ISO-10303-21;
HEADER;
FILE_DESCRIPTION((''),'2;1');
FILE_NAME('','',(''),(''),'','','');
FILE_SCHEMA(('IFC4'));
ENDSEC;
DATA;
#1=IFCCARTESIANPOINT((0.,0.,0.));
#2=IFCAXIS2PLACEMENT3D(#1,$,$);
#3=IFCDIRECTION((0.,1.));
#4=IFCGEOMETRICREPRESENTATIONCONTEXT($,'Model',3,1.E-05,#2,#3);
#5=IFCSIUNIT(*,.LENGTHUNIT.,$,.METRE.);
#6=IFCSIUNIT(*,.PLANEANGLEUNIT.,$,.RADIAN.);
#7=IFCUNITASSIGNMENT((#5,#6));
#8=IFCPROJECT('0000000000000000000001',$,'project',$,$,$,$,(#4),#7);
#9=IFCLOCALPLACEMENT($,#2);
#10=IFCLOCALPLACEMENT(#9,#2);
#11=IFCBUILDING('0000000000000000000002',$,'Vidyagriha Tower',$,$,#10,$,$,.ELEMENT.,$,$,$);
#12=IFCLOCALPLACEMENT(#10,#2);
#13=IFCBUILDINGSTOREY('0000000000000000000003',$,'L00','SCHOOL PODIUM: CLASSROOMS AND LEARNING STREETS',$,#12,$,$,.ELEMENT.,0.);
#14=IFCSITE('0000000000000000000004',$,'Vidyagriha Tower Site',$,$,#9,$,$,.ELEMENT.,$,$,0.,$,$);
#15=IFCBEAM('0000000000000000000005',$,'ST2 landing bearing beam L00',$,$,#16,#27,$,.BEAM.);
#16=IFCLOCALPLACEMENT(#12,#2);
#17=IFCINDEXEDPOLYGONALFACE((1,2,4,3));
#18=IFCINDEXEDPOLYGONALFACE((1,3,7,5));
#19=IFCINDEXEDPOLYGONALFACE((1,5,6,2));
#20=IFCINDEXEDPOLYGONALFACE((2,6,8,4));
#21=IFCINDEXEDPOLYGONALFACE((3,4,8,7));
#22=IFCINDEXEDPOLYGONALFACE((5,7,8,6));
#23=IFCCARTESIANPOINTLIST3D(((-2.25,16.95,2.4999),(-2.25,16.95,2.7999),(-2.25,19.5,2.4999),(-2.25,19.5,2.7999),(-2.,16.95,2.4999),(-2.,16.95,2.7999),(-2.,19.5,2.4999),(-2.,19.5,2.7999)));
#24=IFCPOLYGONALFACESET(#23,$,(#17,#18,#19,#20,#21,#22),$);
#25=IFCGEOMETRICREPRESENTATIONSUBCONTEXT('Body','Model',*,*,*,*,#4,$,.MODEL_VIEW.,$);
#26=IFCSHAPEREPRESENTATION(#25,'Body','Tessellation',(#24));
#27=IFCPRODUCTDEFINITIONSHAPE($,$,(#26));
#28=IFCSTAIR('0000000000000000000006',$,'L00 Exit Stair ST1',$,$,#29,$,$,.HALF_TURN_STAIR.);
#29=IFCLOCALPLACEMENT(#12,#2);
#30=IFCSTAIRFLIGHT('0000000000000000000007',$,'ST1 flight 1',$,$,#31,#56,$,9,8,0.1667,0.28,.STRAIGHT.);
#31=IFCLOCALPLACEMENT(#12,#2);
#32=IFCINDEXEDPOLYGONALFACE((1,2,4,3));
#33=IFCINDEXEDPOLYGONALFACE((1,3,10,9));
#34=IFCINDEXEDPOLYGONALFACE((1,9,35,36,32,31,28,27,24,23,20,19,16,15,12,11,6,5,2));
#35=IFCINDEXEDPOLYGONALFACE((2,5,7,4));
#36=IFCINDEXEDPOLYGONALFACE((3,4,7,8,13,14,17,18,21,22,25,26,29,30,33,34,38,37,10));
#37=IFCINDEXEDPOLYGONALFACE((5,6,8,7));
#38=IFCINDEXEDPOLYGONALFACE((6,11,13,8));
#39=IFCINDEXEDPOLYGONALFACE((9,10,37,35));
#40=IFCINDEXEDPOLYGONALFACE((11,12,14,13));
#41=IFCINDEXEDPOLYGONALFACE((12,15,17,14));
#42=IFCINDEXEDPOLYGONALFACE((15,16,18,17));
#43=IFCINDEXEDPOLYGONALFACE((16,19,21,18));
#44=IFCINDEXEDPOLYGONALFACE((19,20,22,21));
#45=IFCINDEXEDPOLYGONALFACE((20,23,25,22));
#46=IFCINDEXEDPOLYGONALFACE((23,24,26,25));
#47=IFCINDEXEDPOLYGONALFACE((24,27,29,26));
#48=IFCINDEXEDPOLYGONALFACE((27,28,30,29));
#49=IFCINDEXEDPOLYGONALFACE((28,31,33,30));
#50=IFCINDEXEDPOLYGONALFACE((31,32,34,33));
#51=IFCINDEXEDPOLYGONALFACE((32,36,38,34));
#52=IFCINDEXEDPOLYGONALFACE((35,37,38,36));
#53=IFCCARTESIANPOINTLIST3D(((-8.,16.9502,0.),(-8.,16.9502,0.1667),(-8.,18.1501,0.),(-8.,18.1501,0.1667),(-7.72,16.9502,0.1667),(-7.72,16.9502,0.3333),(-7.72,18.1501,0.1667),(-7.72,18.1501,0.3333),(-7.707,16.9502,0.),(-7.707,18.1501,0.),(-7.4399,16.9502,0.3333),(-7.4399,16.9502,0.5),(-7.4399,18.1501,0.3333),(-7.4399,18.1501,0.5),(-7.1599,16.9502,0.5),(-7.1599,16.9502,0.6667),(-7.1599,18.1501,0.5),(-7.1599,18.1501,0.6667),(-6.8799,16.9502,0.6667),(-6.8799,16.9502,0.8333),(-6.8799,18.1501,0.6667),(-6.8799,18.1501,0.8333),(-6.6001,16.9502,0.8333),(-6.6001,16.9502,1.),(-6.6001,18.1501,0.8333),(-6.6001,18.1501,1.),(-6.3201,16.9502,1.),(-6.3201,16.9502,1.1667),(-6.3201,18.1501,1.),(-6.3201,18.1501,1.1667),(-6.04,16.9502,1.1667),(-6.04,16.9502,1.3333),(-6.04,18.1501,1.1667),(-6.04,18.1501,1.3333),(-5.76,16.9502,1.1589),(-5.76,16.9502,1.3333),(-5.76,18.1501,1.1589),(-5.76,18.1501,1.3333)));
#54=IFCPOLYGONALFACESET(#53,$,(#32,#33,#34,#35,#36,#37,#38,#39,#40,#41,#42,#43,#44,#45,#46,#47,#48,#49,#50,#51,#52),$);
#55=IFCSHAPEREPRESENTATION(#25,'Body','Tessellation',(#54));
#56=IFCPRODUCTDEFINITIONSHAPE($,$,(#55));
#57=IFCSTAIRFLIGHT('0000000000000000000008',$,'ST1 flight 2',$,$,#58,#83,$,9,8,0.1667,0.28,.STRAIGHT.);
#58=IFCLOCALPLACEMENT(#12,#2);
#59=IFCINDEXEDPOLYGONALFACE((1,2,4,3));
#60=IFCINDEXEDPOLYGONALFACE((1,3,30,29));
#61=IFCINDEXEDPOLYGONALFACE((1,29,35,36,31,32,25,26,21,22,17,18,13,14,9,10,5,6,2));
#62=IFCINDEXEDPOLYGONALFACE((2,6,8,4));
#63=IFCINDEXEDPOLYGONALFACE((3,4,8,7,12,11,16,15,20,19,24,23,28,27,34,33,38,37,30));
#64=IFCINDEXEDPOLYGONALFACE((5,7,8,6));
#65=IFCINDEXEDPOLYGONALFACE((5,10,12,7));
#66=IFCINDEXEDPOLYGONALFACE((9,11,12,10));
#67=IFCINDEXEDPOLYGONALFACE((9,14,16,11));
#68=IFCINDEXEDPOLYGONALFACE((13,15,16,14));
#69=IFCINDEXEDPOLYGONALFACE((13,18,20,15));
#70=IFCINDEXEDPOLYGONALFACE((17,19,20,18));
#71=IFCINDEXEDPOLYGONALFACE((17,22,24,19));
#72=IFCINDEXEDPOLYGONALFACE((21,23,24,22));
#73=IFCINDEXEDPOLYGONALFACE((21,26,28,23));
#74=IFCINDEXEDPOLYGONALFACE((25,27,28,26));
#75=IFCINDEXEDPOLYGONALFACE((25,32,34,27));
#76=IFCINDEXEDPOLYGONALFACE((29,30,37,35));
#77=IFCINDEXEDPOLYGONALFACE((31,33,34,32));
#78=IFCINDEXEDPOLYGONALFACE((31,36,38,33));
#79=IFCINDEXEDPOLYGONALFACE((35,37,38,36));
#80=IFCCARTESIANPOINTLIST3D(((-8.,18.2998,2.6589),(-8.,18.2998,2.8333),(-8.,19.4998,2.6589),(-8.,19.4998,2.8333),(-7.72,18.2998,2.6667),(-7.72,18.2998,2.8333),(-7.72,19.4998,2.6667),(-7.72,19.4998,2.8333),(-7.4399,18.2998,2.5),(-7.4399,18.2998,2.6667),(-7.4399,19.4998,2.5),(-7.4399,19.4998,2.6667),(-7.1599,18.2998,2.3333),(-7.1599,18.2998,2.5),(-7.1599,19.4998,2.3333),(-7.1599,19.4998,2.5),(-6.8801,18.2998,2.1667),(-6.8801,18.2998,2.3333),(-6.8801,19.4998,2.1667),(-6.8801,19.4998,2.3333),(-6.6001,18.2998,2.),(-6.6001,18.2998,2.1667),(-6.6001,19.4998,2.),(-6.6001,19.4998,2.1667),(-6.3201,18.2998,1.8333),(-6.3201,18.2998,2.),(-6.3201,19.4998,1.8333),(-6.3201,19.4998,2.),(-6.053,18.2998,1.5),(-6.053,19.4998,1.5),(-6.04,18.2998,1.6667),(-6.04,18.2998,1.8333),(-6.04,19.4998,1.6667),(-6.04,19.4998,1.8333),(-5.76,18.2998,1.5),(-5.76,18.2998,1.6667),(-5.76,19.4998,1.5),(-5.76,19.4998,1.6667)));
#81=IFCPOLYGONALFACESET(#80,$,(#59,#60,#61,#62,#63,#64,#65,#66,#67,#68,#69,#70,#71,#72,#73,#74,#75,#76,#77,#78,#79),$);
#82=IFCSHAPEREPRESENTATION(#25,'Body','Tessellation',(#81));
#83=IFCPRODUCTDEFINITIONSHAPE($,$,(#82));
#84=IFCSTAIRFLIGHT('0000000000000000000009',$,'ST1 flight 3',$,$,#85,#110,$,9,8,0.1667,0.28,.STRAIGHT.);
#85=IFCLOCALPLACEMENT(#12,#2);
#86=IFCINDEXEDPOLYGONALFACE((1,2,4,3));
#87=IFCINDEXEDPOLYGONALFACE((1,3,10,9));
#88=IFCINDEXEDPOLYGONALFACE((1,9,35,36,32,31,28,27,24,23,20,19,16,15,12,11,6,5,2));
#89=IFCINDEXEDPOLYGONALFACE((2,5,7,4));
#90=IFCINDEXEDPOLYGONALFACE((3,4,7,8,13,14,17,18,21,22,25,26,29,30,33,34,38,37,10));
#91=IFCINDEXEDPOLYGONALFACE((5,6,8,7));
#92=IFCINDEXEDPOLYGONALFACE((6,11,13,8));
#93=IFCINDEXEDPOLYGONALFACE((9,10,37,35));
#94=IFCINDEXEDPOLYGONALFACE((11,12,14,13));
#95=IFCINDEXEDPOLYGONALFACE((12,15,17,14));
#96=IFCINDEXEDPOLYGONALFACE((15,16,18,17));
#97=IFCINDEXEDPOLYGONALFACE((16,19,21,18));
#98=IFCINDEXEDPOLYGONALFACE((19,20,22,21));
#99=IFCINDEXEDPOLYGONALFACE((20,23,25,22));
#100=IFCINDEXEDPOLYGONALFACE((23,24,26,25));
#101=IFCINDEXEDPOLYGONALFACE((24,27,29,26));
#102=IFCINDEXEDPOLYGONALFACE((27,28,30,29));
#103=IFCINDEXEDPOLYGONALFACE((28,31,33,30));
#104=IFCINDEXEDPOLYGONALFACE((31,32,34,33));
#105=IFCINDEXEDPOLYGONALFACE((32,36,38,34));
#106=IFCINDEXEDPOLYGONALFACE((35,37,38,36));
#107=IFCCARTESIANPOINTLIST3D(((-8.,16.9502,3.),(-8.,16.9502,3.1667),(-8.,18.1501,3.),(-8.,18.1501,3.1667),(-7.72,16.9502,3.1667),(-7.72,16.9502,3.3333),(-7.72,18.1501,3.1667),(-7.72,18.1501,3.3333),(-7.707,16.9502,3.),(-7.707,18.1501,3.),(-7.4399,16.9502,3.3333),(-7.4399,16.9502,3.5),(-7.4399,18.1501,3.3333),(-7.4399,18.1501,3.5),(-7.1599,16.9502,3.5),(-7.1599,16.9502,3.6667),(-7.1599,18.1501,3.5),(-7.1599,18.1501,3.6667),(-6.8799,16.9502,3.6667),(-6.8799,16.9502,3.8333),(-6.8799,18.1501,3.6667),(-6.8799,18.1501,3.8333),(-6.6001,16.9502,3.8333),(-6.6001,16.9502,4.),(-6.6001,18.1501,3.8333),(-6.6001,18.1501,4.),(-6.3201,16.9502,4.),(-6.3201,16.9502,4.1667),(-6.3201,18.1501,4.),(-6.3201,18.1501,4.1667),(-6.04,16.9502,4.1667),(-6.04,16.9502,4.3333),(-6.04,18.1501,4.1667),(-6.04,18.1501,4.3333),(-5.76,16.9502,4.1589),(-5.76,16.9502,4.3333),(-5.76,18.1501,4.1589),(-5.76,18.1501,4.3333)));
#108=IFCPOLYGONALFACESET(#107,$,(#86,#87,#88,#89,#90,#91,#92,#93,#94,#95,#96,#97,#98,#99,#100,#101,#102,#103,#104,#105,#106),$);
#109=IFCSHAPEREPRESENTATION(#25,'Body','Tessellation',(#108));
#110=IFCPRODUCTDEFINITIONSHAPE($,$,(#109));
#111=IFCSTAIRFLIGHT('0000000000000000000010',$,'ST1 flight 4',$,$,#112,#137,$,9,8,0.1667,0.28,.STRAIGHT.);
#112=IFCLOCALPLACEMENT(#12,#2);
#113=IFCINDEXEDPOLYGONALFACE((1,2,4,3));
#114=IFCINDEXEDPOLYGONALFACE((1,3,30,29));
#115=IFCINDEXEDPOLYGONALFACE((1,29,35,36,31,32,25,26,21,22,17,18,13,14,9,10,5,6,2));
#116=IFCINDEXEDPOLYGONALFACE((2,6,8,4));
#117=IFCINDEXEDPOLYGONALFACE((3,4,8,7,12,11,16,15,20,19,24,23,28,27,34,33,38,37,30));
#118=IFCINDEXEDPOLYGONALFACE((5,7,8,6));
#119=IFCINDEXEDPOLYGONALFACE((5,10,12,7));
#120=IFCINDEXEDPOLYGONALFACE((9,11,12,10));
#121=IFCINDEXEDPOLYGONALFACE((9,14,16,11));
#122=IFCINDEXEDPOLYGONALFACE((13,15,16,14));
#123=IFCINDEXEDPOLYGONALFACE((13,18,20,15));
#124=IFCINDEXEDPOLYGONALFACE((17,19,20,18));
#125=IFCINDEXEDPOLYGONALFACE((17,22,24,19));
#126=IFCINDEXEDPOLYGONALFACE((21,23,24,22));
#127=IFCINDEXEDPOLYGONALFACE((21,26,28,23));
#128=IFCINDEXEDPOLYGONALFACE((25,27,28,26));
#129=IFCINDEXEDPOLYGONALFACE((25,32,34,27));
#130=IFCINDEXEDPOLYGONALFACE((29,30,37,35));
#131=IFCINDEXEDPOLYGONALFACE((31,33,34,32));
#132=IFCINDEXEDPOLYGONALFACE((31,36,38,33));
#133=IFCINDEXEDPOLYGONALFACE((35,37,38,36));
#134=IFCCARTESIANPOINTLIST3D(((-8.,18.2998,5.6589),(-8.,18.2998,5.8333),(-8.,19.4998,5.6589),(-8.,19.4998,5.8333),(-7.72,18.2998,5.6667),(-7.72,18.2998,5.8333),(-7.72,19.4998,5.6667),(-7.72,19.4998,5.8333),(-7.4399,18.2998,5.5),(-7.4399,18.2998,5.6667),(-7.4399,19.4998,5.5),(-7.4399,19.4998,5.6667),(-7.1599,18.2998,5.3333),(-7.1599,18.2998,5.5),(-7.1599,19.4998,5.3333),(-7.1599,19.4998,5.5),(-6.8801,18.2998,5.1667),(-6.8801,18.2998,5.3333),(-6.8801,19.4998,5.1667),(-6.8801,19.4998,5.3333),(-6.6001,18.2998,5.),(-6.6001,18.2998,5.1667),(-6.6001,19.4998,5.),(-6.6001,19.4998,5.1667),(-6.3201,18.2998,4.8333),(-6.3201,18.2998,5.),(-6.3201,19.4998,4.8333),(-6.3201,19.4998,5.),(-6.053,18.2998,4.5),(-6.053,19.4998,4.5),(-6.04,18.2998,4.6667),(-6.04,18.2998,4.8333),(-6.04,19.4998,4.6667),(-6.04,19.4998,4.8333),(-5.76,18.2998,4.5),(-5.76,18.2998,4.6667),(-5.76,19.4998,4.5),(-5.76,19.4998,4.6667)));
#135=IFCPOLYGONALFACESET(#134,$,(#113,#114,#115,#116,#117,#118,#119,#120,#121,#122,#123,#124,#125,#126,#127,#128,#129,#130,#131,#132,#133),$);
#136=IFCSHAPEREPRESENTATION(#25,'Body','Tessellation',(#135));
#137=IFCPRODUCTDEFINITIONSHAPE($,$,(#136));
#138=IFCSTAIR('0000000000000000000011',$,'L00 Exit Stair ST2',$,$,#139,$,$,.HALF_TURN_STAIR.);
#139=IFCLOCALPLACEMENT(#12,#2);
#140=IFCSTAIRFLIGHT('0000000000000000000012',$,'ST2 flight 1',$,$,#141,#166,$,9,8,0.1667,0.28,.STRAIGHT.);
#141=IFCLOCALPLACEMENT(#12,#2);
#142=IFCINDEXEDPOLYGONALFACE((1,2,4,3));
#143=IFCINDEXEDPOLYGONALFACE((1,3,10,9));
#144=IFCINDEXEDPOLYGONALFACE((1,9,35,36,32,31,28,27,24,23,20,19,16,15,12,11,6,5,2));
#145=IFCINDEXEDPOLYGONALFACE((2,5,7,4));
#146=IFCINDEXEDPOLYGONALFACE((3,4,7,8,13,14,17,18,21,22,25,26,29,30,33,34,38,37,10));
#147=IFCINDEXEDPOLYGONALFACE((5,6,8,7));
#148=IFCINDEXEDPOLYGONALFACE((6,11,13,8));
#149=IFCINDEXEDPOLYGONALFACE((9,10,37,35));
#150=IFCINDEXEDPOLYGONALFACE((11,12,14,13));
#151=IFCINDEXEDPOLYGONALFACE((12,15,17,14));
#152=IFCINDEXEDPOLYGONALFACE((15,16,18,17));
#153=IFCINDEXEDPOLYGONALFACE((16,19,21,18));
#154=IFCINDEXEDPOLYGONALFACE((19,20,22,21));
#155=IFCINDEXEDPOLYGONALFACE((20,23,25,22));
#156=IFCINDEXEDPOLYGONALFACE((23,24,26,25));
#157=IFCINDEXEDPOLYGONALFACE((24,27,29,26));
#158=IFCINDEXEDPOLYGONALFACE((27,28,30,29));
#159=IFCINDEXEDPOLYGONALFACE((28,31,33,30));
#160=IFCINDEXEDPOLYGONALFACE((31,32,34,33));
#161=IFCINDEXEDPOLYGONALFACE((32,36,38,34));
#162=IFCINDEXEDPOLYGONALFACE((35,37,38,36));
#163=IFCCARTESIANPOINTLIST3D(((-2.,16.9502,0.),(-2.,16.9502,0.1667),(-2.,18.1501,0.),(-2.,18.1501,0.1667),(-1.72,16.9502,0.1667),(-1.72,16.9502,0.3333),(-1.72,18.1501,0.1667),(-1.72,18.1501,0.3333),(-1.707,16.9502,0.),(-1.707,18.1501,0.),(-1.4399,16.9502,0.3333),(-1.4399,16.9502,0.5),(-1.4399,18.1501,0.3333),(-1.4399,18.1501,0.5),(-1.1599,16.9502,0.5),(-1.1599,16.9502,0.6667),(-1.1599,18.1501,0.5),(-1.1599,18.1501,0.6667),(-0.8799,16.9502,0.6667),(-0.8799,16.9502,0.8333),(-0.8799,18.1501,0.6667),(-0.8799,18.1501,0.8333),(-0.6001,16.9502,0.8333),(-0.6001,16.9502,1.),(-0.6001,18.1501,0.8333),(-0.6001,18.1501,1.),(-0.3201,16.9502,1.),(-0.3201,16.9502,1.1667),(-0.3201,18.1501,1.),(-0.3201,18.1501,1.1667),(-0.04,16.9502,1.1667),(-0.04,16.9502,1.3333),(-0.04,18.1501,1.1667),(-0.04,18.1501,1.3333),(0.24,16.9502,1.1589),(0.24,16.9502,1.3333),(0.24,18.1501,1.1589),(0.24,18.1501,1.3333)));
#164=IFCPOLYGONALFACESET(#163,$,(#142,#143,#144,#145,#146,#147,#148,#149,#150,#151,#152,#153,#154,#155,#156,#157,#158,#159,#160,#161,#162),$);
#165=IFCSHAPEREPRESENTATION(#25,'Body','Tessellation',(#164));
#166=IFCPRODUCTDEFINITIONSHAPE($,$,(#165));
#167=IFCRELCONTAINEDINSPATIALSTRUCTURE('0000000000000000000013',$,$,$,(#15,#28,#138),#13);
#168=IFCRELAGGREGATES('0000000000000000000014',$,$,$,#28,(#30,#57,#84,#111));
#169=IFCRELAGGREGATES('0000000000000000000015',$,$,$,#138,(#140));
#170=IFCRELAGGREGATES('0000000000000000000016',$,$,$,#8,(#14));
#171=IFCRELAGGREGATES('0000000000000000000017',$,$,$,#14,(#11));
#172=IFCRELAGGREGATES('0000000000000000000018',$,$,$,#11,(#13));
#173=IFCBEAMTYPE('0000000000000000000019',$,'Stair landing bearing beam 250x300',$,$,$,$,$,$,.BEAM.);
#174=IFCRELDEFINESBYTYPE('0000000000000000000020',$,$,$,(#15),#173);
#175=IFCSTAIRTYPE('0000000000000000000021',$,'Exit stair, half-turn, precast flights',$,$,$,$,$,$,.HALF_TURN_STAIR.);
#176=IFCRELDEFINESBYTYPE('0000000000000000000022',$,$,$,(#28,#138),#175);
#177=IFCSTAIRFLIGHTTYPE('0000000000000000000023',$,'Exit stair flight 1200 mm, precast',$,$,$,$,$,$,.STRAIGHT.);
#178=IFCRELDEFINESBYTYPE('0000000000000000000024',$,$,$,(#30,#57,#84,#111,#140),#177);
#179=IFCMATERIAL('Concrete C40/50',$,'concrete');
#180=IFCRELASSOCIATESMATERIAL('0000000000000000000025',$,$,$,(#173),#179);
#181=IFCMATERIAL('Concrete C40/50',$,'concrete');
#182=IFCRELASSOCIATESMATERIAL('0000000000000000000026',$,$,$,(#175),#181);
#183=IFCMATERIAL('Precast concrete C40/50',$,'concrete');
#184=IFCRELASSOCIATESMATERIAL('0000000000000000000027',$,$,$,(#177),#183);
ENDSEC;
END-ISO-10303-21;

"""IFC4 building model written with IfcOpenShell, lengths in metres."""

from ifc_helpers import new_model, si_unit, direction, frame, origin, origin_2d, place, context, subcontext, project, spatial, polyline, rectangle, outline, extrude, material, material_profile, profile_set, type_object, element, aggregate, save


model = new_model("IFC4")

# Units and contexts
model_context = context("Model", 3, precision=1e-05, world=origin(), true_north=direction((0.0, 1.0)))
body_context = subcontext(model_context, "Body", "Model", "MODEL_VIEW")
ifc_project = project(units=[si_unit("LENGTHUNIT", "METRE"), si_unit("PLANEANGLEUNIT", "RADIAN")], contexts=[model_context])

# Site, building, storey
site_placement = place(None, origin())
site = spatial("IfcSite", under=ifc_project, at=site_placement, Name="Vidyagriha Tower Site", CompositionType="ELEMENT", RefElevation=0.0)
building_placement = place(site_placement, origin())
building = spatial("IfcBuilding", under=site, at=building_placement, Name="Vidyagriha Tower", CompositionType="ELEMENT")
storey_placement = place(building_placement, origin())
storey = spatial("IfcBuildingStorey", under=building, at=storey_placement, Name="L00", Description="SCHOOL PODIUM: CLASSROOMS AND LEARNING STREETS", CompositionType="ELEMENT", Elevation=0.0)

# Beam
ifc_material_1 = material(Name="Concrete C40/50", Category="concrete")
ifc_material_profile = material_profile(ifc_material_1, rectangle(XDim=0.25, YDim=0.3, at=origin_2d()), Name="Stair landing bearing beam 250x300")
ifc_profile_set = profile_set([ifc_material_profile], Name="Concrete C40/50")
beam_type = type_object("IfcBeamType", Name="Stair landing bearing beam 250x300", PredefinedType="BEAM", material=ifc_profile_set)
beam_placement = place(storey_placement, frame((-2.125, 16.95, 2.6499), z_axis=(0.0, 1.0, 0.0), x_axis=(-1.0, 0.0, 0.0)))
element("IfcBeam", 1, at=beam_placement, inside=storey, type_object=beam_type, Name="ST2 landing bearing beam L00", PredefinedType="BEAM", context=body_context, shape_type="SweptSolid", body=[
    extrude(rectangle(XDim=0.25, YDim=0.3, at=origin_2d()), origin(), (0.0, 0.0, 1.0), 2.55),
])

# Stairs, stair flights
ifc_material_2 = material(Name="Concrete C40/50", Category="concrete")
stair_type = type_object("IfcStairType", Name="Exit stair, half-turn, precast flights", PredefinedType="HALF_TURN_STAIR", material=ifc_material_2)
stair_1_placement = place(storey_placement, origin())
stair_1 = element("IfcStair", 2, at=stair_1_placement, inside=storey, type_object=stair_type, Name="L00 Exit Stair ST1", PredefinedType="HALF_TURN_STAIR")
ifc_material_3 = material(Name="Precast concrete C40/50", Category="concrete")
stair_flight_type = type_object("IfcStairFlightType", Name="Exit stair flight 1200 mm, precast", PredefinedType="STRAIGHT", material=ifc_material_3)
stair_flight_1_placement = place(storey_placement, frame((-8.0, 17.55, 0.0)))
stair_flight_1 = element("IfcStairFlight", 3, at=stair_flight_1_placement, type_object=stair_flight_type, Name="ST1 flight 1", NumberOfRisers=9, NumberOfTreads=8, PredefinedType="STRAIGHT", RiserHeight=0.1667, TreadLength=0.28, context=body_context, shape_type="SweptSolid", body=[
    extrude(outline(polyline([(0.0, 0.0), (0.0, 0.1667), (0.28, 0.1667), (0.28, 0.3333), (0.5601, 0.3333), (0.5601, 0.5), (0.8401, 0.5), (0.8401, 0.6667), (1.1201, 0.6667), (1.1201, 0.8333), (1.3999, 0.8333), (1.3999, 1.0), (1.6799, 1.0), (1.6799, 1.1667), (1.96, 1.1667), (1.96, 1.3333), (2.24, 1.3333), (2.24, 1.5), (2.24, 1.1589), (0.293, 0.0), (0.0, 0.0)])), frame((0.0, 0.6001, 0.0), z_axis=(0.0, -1.0, 0.0), x_axis=(1.0, 0.0, 0.0)), (0.0, 0.0, 1.0), 1.2),
])
stair_flight_2_placement = place(storey_placement, frame((-5.76, 18.8999, 1.5), z_axis=(0.0, 0.0, 1.0), x_axis=(-1.0, 0.0, 0.0)))
stair_flight_2 = element("IfcStairFlight", 4, at=stair_flight_2_placement, type_object=stair_flight_type, Name="ST1 flight 2", NumberOfRisers=9, NumberOfTreads=8, PredefinedType="STRAIGHT", RiserHeight=0.1667, TreadLength=0.28, context=body_context, shape_type="SweptSolid", body=[
    extrude(outline(polyline([(0.0, 0.0), (0.0, 0.1667), (0.28, 0.1667), (0.28, 0.3333), (0.5601, 0.3333), (0.5601, 0.5), (0.8401, 0.5), (0.8401, 0.6667), (1.1201, 0.6667), (1.1201, 0.8333), (1.3999, 0.8333), (1.3999, 1.0), (1.6799, 1.0), (1.6799, 1.1667), (1.96, 1.1667), (1.96, 1.3333), (2.24, 1.3333), (2.24, 1.5), (2.24, 1.1589), (0.293, 0.0), (0.0, 0.0)])), frame((0.0, 0.6001, 0.0), z_axis=(0.0, -1.0, 0.0), x_axis=(1.0, 0.0, 0.0)), (0.0, 0.0, 1.0), 1.2),
])
stair_flight_3_placement = place(storey_placement, frame((-8.0, 17.55, 3.0)))
stair_flight_3 = element("IfcStairFlight", 5, at=stair_flight_3_placement, type_object=stair_flight_type, Name="ST1 flight 3", NumberOfRisers=9, NumberOfTreads=8, PredefinedType="STRAIGHT", RiserHeight=0.1667, TreadLength=0.28, context=body_context, shape_type="SweptSolid", body=[
    extrude(outline(polyline([(0.0, 0.0), (0.0, 0.1667), (0.28, 0.1667), (0.28, 0.3333), (0.5601, 0.3333), (0.5601, 0.5), (0.8401, 0.5), (0.8401, 0.6667), (1.1201, 0.6667), (1.1201, 0.8333), (1.3999, 0.8333), (1.3999, 1.0), (1.6799, 1.0), (1.6799, 1.1667), (1.96, 1.1667), (1.96, 1.3333), (2.24, 1.3333), (2.24, 1.5), (2.24, 1.1589), (0.293, 0.0), (0.0, 0.0)])), frame((0.0, 0.6001, 0.0), z_axis=(0.0, -1.0, 0.0), x_axis=(1.0, 0.0, 0.0)), (0.0, 0.0, 1.0), 1.2),
])
stair_flight_4_placement = place(storey_placement, frame((-5.76, 18.8999, 4.5), z_axis=(0.0, 0.0, 1.0), x_axis=(-1.0, 0.0, 0.0)))
stair_flight_4 = element("IfcStairFlight", 6, at=stair_flight_4_placement, type_object=stair_flight_type, Name="ST1 flight 4", NumberOfRisers=9, NumberOfTreads=8, PredefinedType="STRAIGHT", RiserHeight=0.1667, TreadLength=0.28, context=body_context, shape_type="SweptSolid", body=[
    extrude(outline(polyline([(0.0, 0.0), (0.0, 0.1667), (0.28, 0.1667), (0.28, 0.3333), (0.5601, 0.3333), (0.5601, 0.5), (0.8401, 0.5), (0.8401, 0.6667), (1.1201, 0.6667), (1.1201, 0.8333), (1.3999, 0.8333), (1.3999, 1.0), (1.6799, 1.0), (1.6799, 1.1667), (1.96, 1.1667), (1.96, 1.3333), (2.24, 1.3333), (2.24, 1.5), (2.24, 1.1589), (0.293, 0.0), (0.0, 0.0)])), frame((0.0, 0.6001, 0.0), z_axis=(0.0, -1.0, 0.0), x_axis=(1.0, 0.0, 0.0)), (0.0, 0.0, 1.0), 1.2),
])
aggregate(stair_1, [stair_flight_1, stair_flight_2, stair_flight_3, stair_flight_4])
stair_2_placement = place(storey_placement, origin())
stair_2 = element("IfcStair", 7, at=stair_2_placement, inside=storey, type_object=stair_type, Name="L00 Exit Stair ST2", PredefinedType="HALF_TURN_STAIR")
stair_flight_5_placement = place(storey_placement, frame((-2.0, 17.55, 0.0)))
stair_flight_5 = element("IfcStairFlight", 8, at=stair_flight_5_placement, type_object=stair_flight_type, Name="ST2 flight 1", NumberOfRisers=9, NumberOfTreads=8, PredefinedType="STRAIGHT", RiserHeight=0.1667, TreadLength=0.28, context=body_context, shape_type="SweptSolid", body=[
    extrude(outline(polyline([(0.0, 0.0), (0.0, 0.1667), (0.28, 0.1667), (0.28, 0.3333), (0.5601, 0.3333), (0.5601, 0.5), (0.8401, 0.5), (0.8401, 0.6667), (1.1201, 0.6667), (1.1201, 0.8333), (1.3999, 0.8333), (1.3999, 1.0), (1.6799, 1.0), (1.6799, 1.1667), (1.96, 1.1667), (1.96, 1.3333), (2.24, 1.3333), (2.24, 1.5), (2.24, 1.1589), (0.293, 0.0), (0.0, 0.0)])), frame((0.0, 0.6001, 0.0), z_axis=(0.0, -1.0, 0.0), x_axis=(1.0, 0.0, 0.0)), (0.0, 0.0, 1.0), 1.2),
])
aggregate(stair_2, [stair_flight_5])

save(model, "model.ifc")
